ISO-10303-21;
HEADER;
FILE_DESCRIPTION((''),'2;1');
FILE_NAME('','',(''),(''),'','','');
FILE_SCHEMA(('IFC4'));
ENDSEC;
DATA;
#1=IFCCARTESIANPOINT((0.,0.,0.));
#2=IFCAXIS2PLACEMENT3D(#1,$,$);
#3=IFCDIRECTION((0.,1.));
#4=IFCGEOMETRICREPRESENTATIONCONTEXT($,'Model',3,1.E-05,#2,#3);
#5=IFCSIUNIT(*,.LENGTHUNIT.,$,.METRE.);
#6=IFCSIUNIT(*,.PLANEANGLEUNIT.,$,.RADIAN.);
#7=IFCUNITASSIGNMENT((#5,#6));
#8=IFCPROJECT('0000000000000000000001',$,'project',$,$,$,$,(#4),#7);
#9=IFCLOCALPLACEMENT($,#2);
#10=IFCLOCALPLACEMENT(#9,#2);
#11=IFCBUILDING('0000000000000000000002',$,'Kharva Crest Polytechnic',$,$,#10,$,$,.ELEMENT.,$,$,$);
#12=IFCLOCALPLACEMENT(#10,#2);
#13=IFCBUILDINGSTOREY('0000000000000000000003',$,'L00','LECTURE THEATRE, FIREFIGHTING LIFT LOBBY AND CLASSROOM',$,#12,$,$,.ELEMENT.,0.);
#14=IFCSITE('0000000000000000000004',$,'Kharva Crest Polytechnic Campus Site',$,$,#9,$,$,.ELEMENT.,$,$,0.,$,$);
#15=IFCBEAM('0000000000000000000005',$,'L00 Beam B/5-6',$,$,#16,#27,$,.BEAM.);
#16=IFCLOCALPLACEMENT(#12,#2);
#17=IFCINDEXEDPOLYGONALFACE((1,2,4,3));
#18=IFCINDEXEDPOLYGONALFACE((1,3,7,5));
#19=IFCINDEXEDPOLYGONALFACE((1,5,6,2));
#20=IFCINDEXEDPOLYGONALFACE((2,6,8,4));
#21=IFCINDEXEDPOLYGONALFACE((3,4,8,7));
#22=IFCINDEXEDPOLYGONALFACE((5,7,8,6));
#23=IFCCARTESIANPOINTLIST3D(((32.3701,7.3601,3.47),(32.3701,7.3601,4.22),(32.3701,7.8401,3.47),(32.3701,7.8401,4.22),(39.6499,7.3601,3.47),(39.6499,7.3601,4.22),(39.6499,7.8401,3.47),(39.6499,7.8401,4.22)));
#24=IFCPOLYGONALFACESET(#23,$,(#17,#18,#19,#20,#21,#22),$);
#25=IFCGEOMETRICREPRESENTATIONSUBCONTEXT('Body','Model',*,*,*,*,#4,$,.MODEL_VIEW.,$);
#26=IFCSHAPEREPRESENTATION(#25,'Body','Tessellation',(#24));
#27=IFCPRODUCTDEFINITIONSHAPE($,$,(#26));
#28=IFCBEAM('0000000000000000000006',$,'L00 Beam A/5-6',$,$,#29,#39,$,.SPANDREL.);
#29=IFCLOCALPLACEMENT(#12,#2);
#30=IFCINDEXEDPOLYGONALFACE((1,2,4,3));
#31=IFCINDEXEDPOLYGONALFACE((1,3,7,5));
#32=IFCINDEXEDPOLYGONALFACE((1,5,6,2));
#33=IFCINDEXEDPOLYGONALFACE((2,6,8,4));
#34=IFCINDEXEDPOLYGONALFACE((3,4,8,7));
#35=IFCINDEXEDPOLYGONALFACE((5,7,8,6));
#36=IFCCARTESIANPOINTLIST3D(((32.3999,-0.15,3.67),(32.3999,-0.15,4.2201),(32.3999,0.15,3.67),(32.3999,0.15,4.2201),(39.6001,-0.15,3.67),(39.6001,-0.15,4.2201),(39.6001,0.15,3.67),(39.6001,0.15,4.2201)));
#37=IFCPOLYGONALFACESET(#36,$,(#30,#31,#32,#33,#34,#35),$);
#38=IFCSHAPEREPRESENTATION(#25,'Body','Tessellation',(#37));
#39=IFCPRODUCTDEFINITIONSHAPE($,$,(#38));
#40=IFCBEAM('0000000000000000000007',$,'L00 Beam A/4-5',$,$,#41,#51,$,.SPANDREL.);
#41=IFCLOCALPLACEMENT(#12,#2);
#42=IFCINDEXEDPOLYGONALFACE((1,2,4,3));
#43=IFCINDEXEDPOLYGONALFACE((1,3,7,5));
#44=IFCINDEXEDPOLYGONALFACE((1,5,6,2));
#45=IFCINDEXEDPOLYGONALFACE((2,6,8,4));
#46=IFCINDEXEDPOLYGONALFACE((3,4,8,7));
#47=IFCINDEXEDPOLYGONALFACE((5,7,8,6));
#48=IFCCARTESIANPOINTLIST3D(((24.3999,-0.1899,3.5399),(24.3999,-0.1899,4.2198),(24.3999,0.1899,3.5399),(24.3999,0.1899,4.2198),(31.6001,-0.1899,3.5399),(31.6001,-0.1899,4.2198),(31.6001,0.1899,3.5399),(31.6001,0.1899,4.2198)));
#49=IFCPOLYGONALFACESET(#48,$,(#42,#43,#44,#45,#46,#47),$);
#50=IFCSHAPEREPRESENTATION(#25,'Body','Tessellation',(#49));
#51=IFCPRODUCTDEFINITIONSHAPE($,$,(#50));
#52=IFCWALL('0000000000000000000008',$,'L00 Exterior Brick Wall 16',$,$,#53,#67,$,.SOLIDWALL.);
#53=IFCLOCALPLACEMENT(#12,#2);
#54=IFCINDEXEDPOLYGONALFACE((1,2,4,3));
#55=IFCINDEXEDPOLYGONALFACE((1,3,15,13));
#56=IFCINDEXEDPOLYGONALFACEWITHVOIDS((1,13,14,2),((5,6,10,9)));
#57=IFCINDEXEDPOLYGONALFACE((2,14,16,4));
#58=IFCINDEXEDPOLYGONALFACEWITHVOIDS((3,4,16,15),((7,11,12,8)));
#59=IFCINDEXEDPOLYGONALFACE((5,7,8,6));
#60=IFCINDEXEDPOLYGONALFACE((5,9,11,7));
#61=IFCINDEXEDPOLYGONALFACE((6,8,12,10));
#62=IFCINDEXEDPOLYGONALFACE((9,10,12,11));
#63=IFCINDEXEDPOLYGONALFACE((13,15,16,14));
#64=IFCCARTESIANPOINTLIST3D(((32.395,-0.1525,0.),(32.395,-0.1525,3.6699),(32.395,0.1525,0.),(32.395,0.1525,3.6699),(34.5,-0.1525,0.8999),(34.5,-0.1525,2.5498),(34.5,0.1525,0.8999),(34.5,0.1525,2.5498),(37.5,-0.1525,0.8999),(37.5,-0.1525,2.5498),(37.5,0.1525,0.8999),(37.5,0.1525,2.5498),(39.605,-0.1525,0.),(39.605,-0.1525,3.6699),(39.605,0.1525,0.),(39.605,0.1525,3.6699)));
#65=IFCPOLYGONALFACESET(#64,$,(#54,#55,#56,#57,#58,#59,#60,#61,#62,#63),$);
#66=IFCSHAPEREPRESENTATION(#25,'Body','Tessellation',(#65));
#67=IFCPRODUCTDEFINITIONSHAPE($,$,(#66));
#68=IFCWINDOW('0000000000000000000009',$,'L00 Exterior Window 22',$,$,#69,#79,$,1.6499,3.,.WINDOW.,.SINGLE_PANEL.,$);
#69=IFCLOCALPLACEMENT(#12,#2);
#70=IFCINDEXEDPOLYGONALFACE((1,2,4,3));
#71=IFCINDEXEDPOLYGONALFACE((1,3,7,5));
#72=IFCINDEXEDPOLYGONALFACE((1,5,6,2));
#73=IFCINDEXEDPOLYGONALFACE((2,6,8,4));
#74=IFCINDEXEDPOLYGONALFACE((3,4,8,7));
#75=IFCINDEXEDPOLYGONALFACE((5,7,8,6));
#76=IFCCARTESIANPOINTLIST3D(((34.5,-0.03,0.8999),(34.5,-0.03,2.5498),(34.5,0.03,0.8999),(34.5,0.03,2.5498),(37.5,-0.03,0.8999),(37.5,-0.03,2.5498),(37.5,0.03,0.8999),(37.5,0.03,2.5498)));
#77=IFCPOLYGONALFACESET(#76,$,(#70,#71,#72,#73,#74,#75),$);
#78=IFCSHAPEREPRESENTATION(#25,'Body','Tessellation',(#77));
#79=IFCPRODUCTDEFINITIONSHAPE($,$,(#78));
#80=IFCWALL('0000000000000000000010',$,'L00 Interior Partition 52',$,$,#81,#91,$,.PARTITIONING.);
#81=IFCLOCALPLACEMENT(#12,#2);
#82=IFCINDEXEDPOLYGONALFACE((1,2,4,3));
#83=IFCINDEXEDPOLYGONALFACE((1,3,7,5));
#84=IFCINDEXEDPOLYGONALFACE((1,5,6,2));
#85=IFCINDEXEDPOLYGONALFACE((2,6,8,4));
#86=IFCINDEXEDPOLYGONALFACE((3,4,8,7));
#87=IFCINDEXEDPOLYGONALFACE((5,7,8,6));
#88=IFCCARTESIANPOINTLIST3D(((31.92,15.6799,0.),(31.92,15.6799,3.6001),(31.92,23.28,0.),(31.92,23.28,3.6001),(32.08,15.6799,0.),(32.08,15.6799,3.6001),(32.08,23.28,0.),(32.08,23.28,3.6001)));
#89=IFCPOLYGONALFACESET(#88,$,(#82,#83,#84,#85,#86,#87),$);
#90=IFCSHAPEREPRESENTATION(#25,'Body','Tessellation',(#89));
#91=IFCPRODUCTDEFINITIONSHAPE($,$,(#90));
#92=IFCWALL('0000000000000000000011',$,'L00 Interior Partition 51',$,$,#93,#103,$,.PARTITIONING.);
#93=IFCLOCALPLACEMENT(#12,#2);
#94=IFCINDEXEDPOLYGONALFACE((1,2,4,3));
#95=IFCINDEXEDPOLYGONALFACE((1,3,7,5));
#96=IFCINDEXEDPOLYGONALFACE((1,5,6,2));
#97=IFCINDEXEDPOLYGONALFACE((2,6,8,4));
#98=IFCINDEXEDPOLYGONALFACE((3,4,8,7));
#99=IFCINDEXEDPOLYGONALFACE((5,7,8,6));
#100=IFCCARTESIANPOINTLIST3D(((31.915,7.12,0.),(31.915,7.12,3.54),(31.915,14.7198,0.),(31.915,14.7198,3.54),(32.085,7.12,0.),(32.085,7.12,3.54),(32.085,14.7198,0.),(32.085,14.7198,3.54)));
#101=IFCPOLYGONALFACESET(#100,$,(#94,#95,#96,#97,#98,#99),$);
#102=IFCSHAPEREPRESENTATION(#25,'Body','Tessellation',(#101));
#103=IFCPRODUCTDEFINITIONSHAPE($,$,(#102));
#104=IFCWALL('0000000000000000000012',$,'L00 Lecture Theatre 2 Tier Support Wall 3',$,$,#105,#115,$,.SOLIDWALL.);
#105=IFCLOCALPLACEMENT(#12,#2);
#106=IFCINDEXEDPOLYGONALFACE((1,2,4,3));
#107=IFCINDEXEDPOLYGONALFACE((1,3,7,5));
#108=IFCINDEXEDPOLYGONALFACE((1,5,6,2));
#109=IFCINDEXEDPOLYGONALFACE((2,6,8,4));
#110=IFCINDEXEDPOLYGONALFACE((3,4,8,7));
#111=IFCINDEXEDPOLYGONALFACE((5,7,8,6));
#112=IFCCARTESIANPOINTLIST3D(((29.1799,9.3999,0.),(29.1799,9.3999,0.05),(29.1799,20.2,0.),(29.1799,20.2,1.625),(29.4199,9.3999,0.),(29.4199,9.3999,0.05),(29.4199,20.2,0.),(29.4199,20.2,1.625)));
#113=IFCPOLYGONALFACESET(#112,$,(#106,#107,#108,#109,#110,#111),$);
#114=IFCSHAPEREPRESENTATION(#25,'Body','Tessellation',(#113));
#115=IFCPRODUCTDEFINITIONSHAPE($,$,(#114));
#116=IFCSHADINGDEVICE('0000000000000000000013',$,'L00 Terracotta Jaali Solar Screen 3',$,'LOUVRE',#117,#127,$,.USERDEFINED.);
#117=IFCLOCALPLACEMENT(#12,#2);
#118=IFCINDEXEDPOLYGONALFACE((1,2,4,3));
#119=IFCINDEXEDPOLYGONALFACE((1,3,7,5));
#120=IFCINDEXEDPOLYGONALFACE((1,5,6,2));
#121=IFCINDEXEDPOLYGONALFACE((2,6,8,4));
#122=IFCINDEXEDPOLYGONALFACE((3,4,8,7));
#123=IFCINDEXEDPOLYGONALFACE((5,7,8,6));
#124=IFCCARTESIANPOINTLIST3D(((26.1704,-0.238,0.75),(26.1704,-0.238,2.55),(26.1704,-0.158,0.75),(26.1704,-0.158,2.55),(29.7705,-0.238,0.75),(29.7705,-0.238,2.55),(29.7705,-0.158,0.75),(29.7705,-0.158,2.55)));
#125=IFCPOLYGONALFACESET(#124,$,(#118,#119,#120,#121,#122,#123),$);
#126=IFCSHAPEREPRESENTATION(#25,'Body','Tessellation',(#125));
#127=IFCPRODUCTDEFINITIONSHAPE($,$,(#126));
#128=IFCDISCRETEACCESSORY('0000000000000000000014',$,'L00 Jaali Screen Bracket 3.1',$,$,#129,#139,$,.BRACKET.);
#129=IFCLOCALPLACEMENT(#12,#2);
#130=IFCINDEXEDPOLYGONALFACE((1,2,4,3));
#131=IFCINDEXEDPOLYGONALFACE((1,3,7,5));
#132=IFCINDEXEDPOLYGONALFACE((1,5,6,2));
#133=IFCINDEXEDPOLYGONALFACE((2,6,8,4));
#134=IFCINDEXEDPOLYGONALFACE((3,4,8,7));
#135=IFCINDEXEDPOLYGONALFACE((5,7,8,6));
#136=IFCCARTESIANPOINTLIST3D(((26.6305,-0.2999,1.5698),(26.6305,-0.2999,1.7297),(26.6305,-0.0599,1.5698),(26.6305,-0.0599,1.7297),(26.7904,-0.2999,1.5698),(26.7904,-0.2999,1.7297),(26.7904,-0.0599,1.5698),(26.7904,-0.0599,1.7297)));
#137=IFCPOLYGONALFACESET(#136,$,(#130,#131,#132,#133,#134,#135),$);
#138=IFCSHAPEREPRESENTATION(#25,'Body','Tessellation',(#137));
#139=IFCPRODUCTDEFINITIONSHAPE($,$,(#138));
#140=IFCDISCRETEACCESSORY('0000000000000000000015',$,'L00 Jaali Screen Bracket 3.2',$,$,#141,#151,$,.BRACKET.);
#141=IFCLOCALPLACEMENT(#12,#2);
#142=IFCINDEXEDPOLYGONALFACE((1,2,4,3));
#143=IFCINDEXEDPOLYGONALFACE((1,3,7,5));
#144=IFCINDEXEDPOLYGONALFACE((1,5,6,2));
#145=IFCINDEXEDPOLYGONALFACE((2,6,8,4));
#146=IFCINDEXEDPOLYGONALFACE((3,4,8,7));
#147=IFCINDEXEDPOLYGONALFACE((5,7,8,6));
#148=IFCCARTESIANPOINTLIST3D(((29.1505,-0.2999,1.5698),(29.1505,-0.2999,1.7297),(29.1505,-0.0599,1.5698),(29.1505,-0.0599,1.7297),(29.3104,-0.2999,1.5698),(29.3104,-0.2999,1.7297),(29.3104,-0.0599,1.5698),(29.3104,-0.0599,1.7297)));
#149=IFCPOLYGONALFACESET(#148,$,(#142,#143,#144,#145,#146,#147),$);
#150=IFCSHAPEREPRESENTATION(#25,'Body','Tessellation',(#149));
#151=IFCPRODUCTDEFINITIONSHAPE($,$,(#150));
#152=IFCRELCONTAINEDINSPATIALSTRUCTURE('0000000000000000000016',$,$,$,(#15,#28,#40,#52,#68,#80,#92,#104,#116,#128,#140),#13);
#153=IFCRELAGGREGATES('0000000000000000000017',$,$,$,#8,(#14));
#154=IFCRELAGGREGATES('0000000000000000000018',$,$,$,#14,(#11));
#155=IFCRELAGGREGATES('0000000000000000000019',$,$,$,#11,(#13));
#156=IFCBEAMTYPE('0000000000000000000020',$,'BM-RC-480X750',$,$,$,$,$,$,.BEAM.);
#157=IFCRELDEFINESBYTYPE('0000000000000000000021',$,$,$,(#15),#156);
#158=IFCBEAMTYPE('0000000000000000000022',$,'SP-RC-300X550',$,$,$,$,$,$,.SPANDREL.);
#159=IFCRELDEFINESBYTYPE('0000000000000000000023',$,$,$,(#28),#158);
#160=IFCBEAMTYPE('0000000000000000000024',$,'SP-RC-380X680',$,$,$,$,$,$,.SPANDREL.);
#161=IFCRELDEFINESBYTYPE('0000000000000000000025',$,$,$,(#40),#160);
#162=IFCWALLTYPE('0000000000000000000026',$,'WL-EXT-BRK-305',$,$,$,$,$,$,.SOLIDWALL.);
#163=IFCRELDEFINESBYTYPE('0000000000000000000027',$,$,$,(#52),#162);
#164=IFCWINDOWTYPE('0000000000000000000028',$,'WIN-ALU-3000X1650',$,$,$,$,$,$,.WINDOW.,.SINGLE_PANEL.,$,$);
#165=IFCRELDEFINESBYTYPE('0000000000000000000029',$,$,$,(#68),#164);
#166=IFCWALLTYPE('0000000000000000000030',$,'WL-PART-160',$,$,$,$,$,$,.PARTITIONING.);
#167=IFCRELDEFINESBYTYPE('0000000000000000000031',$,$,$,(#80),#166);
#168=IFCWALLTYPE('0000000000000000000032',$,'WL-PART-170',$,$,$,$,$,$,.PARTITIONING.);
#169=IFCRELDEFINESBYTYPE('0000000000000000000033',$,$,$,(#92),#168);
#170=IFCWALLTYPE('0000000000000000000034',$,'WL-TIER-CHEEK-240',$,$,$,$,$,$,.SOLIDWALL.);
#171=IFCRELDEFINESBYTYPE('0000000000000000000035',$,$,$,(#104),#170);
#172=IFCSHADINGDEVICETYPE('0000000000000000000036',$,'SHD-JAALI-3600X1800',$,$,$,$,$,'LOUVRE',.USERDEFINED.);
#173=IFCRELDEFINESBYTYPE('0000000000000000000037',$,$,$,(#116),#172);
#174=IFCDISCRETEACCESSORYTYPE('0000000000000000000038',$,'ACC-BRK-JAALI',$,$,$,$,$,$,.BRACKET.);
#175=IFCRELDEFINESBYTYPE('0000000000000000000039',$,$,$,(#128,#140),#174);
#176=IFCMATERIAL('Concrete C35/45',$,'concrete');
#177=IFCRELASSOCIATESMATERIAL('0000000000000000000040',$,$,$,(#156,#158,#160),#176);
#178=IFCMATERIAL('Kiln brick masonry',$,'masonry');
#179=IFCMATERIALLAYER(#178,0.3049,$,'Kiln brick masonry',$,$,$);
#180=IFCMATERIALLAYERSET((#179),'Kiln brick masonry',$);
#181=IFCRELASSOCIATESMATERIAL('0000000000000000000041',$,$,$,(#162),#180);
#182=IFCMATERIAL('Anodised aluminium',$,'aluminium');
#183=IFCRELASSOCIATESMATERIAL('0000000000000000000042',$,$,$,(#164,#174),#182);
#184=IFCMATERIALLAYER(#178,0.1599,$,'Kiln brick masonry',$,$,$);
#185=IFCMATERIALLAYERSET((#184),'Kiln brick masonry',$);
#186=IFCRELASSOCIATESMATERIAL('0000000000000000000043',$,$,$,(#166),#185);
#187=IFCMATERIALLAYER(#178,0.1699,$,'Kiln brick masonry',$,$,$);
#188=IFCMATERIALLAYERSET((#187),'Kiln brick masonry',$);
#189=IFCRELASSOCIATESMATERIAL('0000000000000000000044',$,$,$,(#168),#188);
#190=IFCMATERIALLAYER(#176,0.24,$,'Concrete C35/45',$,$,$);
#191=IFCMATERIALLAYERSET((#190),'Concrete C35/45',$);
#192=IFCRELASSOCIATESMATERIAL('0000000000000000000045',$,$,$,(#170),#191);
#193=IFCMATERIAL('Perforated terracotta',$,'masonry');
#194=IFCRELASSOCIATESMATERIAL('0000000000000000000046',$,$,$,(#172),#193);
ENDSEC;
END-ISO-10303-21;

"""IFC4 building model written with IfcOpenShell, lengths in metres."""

from ifc_helpers import new_model, si_unit, direction, frame, frame_2d, origin, origin_2d, place, context, subcontext, project, spatial, polyline, rectangle, outline, extrude, material, layer, layer_set, material_profile, profile_set, type_object, element, fill, save


model = new_model("IFC4")

# Units and contexts
model_context = context("Model", 3, precision=1e-05, world=origin(), true_north=direction((0.0, 1.0)))
body_context = subcontext(model_context, "Body", "Model", "MODEL_VIEW")
ifc_project = project(units=[si_unit("LENGTHUNIT", "METRE"), si_unit("PLANEANGLEUNIT", "RADIAN")], contexts=[model_context])

# Site, building, storey
site_placement = place(None, origin())
site = spatial("IfcSite", under=ifc_project, at=site_placement, Name="Kharva Crest Polytechnic Campus Site", CompositionType="ELEMENT", RefElevation=0.0)
building_placement = place(site_placement, origin())
building = spatial("IfcBuilding", under=site, at=building_placement, Name="Kharva Crest Polytechnic", CompositionType="ELEMENT")
storey_placement = place(building_placement, origin())
storey = spatial("IfcBuildingStorey", under=building, at=storey_placement, Name="L00", Description="LECTURE THEATRE, FIREFIGHTING LIFT LOBBY AND CLASSROOM", CompositionType="ELEMENT", Elevation=0.0)

# Shared definitions
ifc_material_1 = material(Name="Concrete C35/45", Category="concrete")

# Beams
ifc_material_profile_1 = material_profile(ifc_material_1, rectangle(XDim=0.48, YDim=0.75, at=origin_2d()), Name="RECT 480 X 750")
ifc_profile_set_1 = profile_set([ifc_material_profile_1], Name="Concrete C35/45")
beam_type_1 = type_object("IfcBeamType", Name="BM-RC-480X750", PredefinedType="BEAM", material=ifc_profile_set_1)
beam_1_placement = place(storey_placement, frame((32.3701, 7.6001, 3.845), z_axis=(1.0, 0.0, 0.0), x_axis=(0.0, 1.0, 0.0)))
element("IfcBeam", 1, at=beam_1_placement, inside=storey, type_object=beam_type_1, Name="L00 Beam B/5-6", PredefinedType="BEAM", context=body_context, shape_type="SweptSolid", body=[
    extrude(rectangle(XDim=0.48, YDim=0.75, at=origin_2d()), origin(), (0.0, 0.0, 1.0), 7.2798),
])
ifc_material_profile_2 = material_profile(ifc_material_1, rectangle(XDim=0.3, YDim=0.55, at=origin_2d()), Name="RECT 300 X 550")
ifc_profile_set_2 = profile_set([ifc_material_profile_2], Name="Concrete C35/45")
beam_type_2 = type_object("IfcBeamType", Name="SP-RC-300X550", PredefinedType="SPANDREL", material=ifc_profile_set_2)
beam_2_placement = place(storey_placement, frame((32.3999, 0.0, 3.9451), z_axis=(1.0, 0.0, 0.0), x_axis=(0.0, 1.0, 0.0)))
element("IfcBeam", 2, at=beam_2_placement, inside=storey, type_object=beam_type_2, Name="L00 Beam A/5-6", PredefinedType="SPANDREL", context=body_context, shape_type="SweptSolid", body=[
    extrude(rectangle(XDim=0.3, YDim=0.55, at=origin_2d()), origin(), (0.0, 0.0, 1.0), 7.2002),
])
ifc_material_profile_3 = material_profile(ifc_material_1, rectangle(XDim=0.3799, YDim=0.6799, at=origin_2d()), Name="RECT 380 X 680")
ifc_profile_set_3 = profile_set([ifc_material_profile_3], Name="Concrete C35/45")
beam_type_3 = type_object("IfcBeamType", Name="SP-RC-380X680", PredefinedType="SPANDREL", material=ifc_profile_set_3)
beam_3_placement = place(storey_placement, frame((24.3999, 0.0, 3.8799), z_axis=(1.0, 0.0, 0.0), x_axis=(0.0, 1.0, 0.0)))
element("IfcBeam", 3, at=beam_3_placement, inside=storey, type_object=beam_type_3, Name="L00 Beam A/4-5", PredefinedType="SPANDREL", context=body_context, shape_type="SweptSolid", body=[
    extrude(rectangle(XDim=0.3799, YDim=0.6799, at=origin_2d()), origin(), (0.0, 0.0, 1.0), 7.2002),
])

# Wall, opening, window
ifc_material_2 = material(Name="Kiln brick masonry", Category="masonry")
ifc_layer_1 = layer(ifc_material_2, 0.3049, Name="Kiln brick masonry")
ifc_layer_set_1 = layer_set([ifc_layer_1], Name="Kiln brick masonry")
wall_type_1 = type_object("IfcWallType", Name="WL-EXT-BRK-305", PredefinedType="SOLIDWALL", material=ifc_layer_set_1)
wall_1_placement = place(storey_placement, frame((32.395, 0.0, 0.0), z_axis=(0.0, 0.0, 1.0), x_axis=(1.0, 0.0, 0.0)))
wall_1 = element("IfcWall", 4, at=wall_1_placement, inside=storey, type_object=wall_type_1, Name="L00 Exterior Brick Wall 16", PredefinedType="SOLIDWALL", context=body_context, shape_type="SweptSolid", body=[
    extrude(rectangle(XDim=7.21, YDim=0.3049, at=frame_2d((3.605, 0.0))), origin(), (0.0, 0.0, 1.0), 3.6699),
])
opening_placement = place(wall_1_placement, frame((2.105, 0.0, 0.8999)))
opening = element("IfcOpeningElement", 5, at=opening_placement, cuts=wall_1, PredefinedType="OPENING", context=body_context, shape_type="SweptSolid", body=[
    extrude(rectangle(XDim=3.0, YDim=1.6499, at=frame_2d((1.5, 0.825))), frame((0.0, 0.1624, 0.0), z_axis=(0.0, -1.0, 0.0), x_axis=(1.0, 0.0, 0.0)), (0.0, 0.0, 1.0), 0.325),
])
ifc_material_3 = material(Name="Anodised aluminium", Category="aluminium")
window_type = type_object("IfcWindowType", Name="WIN-ALU-3000X1650", PartitioningType="SINGLE_PANEL", PredefinedType="WINDOW", material=ifc_material_3)
window_placement = place(opening_placement, origin())
window = element("IfcWindow", 6, at=window_placement, inside=storey, type_object=window_type, Name="L00 Exterior Window 22", OverallHeight=1.6499, OverallWidth=3.0, PartitioningType="SINGLE_PANEL", PredefinedType="WINDOW", context=body_context, shape_type="SweptSolid", body=[
    extrude(rectangle(XDim=3.0, YDim=1.6499, at=frame_2d((1.5, 0.825))), frame((0.0, 0.03, 0.0), z_axis=(0.0, -1.0, 0.0), x_axis=(1.0, 0.0, 0.0)), (0.0, 0.0, 1.0), 0.0601),
])
fill(opening, window)

# Walls
ifc_layer_2 = layer(ifc_material_2, 0.1599, Name="Kiln brick masonry")
ifc_layer_set_2 = layer_set([ifc_layer_2], Name="Kiln brick masonry")
wall_type_2 = type_object("IfcWallType", Name="WL-PART-160", PredefinedType="PARTITIONING", material=ifc_layer_set_2)
wall_2_placement = place(storey_placement, frame((32.0, 15.6799, 0.0), z_axis=(0.0, 0.0, 1.0), x_axis=(0.0, 1.0, 0.0)))
element("IfcWall", 7, at=wall_2_placement, inside=storey, type_object=wall_type_2, Name="L00 Interior Partition 52", PredefinedType="PARTITIONING", context=body_context, shape_type="SweptSolid", body=[
    extrude(rectangle(XDim=7.6001, YDim=0.1599, at=frame_2d((3.8, 0.0))), origin(), (0.0, 0.0, 1.0), 3.6001),
])
ifc_layer_3 = layer(ifc_material_2, 0.1699, Name="Kiln brick masonry")
ifc_layer_set_3 = layer_set([ifc_layer_3], Name="Kiln brick masonry")
wall_type_3 = type_object("IfcWallType", Name="WL-PART-170", PredefinedType="PARTITIONING", material=ifc_layer_set_3)
wall_3_placement = place(storey_placement, frame((32.0, 7.1201, 0.0), z_axis=(0.0, 0.0, 1.0), x_axis=(0.0, 1.0, 0.0)))
element("IfcWall", 8, at=wall_3_placement, inside=storey, type_object=wall_type_3, Name="L00 Interior Partition 51", PredefinedType="PARTITIONING", context=body_context, shape_type="SweptSolid", body=[
    extrude(rectangle(XDim=7.5999, YDim=0.1699, at=frame_2d((3.7998, 0.0))), origin(), (0.0, 0.0, 1.0), 3.54),
])
ifc_layer_4 = layer(ifc_material_1, 0.24, Name="Concrete C35/45")
ifc_layer_set_4 = layer_set([ifc_layer_4], Name="Concrete C35/45")
wall_type_4 = type_object("IfcWallType", Name="WL-TIER-CHEEK-240", PredefinedType="SOLIDWALL", material=ifc_layer_set_4)
wall_4_placement = place(storey_placement, frame((29.3, 9.3999, 0.0), z_axis=(0.0, 0.0, 1.0), x_axis=(0.0, 1.0, 0.0)))
element("IfcWall", 9, at=wall_4_placement, inside=storey, type_object=wall_type_4, Name="L00 Lecture Theatre 2 Tier Support Wall 3", PredefinedType="SOLIDWALL", context=body_context, shape_type="SweptSolid", body=[
    extrude(outline(polyline([(0.0, 0.0), (10.8, 0.0), (10.8, 1.625), (0.0, 0.05), (0.0, 0.0)])), frame((0.0, 0.1201, 0.0), z_axis=(0.0, -1.0, 0.0), x_axis=(1.0, 0.0, 0.0)), (0.0, 0.0, 1.0), 0.24),
])

# Shading device
ifc_material_4 = material(Name="Perforated terracotta", Category="masonry")
shading_device_type = type_object("IfcShadingDeviceType", Name="SHD-JAALI-3600X1800", ElementType="LOUVRE", PredefinedType="USERDEFINED", material=ifc_material_4)
shading_device_placement = place(storey_placement, frame((27.9705, -0.198, 0.75), z_axis=(0.0, 0.0, 1.0), x_axis=(1.0, 0.0, 0.0)))
element("IfcShadingDevice", 10, at=shading_device_placement, inside=storey, type_object=shading_device_type, Name="L00 Terracotta Jaali Solar Screen 3", ObjectType="LOUVRE", PredefinedType="USERDEFINED", context=body_context, shape_type="SweptSolid", body=[
    extrude(rectangle(XDim=3.6001, YDim=0.0801, at=origin_2d()), origin(), (0.0, 0.0, 1.0), 1.8),
])

# Discrete accessories
discrete_accessory_type = type_object("IfcDiscreteAccessoryType", Name="ACC-BRK-JAALI", PredefinedType="BRACKET", material=ifc_material_3)
for number, where, z_axis, x_axis, name in (
    (11, (26.7104, -0.1799, 1.5698), (0.0, 0.0, 1.0), (1.0, 0.0, 0.0), "L00 Jaali Screen Bracket 3.1"),
    (12, (29.2305, -0.1799, 1.5698), (0.0, 0.0, 1.0), (1.0, 0.0, 0.0), "L00 Jaali Screen Bracket 3.2"),
):
    element("IfcDiscreteAccessory", number, at=place(storey_placement, frame(where, z_axis=z_axis, x_axis=x_axis)), inside=storey, type_object=discrete_accessory_type, Name=name, PredefinedType="BRACKET", context=body_context, shape_type="SweptSolid", body=[
        extrude(rectangle(XDim=0.1599, YDim=0.24, at=origin_2d()), origin(), (0.0, 0.0, 1.0), 0.1599),
    ])

save(model, "model.ifc")
